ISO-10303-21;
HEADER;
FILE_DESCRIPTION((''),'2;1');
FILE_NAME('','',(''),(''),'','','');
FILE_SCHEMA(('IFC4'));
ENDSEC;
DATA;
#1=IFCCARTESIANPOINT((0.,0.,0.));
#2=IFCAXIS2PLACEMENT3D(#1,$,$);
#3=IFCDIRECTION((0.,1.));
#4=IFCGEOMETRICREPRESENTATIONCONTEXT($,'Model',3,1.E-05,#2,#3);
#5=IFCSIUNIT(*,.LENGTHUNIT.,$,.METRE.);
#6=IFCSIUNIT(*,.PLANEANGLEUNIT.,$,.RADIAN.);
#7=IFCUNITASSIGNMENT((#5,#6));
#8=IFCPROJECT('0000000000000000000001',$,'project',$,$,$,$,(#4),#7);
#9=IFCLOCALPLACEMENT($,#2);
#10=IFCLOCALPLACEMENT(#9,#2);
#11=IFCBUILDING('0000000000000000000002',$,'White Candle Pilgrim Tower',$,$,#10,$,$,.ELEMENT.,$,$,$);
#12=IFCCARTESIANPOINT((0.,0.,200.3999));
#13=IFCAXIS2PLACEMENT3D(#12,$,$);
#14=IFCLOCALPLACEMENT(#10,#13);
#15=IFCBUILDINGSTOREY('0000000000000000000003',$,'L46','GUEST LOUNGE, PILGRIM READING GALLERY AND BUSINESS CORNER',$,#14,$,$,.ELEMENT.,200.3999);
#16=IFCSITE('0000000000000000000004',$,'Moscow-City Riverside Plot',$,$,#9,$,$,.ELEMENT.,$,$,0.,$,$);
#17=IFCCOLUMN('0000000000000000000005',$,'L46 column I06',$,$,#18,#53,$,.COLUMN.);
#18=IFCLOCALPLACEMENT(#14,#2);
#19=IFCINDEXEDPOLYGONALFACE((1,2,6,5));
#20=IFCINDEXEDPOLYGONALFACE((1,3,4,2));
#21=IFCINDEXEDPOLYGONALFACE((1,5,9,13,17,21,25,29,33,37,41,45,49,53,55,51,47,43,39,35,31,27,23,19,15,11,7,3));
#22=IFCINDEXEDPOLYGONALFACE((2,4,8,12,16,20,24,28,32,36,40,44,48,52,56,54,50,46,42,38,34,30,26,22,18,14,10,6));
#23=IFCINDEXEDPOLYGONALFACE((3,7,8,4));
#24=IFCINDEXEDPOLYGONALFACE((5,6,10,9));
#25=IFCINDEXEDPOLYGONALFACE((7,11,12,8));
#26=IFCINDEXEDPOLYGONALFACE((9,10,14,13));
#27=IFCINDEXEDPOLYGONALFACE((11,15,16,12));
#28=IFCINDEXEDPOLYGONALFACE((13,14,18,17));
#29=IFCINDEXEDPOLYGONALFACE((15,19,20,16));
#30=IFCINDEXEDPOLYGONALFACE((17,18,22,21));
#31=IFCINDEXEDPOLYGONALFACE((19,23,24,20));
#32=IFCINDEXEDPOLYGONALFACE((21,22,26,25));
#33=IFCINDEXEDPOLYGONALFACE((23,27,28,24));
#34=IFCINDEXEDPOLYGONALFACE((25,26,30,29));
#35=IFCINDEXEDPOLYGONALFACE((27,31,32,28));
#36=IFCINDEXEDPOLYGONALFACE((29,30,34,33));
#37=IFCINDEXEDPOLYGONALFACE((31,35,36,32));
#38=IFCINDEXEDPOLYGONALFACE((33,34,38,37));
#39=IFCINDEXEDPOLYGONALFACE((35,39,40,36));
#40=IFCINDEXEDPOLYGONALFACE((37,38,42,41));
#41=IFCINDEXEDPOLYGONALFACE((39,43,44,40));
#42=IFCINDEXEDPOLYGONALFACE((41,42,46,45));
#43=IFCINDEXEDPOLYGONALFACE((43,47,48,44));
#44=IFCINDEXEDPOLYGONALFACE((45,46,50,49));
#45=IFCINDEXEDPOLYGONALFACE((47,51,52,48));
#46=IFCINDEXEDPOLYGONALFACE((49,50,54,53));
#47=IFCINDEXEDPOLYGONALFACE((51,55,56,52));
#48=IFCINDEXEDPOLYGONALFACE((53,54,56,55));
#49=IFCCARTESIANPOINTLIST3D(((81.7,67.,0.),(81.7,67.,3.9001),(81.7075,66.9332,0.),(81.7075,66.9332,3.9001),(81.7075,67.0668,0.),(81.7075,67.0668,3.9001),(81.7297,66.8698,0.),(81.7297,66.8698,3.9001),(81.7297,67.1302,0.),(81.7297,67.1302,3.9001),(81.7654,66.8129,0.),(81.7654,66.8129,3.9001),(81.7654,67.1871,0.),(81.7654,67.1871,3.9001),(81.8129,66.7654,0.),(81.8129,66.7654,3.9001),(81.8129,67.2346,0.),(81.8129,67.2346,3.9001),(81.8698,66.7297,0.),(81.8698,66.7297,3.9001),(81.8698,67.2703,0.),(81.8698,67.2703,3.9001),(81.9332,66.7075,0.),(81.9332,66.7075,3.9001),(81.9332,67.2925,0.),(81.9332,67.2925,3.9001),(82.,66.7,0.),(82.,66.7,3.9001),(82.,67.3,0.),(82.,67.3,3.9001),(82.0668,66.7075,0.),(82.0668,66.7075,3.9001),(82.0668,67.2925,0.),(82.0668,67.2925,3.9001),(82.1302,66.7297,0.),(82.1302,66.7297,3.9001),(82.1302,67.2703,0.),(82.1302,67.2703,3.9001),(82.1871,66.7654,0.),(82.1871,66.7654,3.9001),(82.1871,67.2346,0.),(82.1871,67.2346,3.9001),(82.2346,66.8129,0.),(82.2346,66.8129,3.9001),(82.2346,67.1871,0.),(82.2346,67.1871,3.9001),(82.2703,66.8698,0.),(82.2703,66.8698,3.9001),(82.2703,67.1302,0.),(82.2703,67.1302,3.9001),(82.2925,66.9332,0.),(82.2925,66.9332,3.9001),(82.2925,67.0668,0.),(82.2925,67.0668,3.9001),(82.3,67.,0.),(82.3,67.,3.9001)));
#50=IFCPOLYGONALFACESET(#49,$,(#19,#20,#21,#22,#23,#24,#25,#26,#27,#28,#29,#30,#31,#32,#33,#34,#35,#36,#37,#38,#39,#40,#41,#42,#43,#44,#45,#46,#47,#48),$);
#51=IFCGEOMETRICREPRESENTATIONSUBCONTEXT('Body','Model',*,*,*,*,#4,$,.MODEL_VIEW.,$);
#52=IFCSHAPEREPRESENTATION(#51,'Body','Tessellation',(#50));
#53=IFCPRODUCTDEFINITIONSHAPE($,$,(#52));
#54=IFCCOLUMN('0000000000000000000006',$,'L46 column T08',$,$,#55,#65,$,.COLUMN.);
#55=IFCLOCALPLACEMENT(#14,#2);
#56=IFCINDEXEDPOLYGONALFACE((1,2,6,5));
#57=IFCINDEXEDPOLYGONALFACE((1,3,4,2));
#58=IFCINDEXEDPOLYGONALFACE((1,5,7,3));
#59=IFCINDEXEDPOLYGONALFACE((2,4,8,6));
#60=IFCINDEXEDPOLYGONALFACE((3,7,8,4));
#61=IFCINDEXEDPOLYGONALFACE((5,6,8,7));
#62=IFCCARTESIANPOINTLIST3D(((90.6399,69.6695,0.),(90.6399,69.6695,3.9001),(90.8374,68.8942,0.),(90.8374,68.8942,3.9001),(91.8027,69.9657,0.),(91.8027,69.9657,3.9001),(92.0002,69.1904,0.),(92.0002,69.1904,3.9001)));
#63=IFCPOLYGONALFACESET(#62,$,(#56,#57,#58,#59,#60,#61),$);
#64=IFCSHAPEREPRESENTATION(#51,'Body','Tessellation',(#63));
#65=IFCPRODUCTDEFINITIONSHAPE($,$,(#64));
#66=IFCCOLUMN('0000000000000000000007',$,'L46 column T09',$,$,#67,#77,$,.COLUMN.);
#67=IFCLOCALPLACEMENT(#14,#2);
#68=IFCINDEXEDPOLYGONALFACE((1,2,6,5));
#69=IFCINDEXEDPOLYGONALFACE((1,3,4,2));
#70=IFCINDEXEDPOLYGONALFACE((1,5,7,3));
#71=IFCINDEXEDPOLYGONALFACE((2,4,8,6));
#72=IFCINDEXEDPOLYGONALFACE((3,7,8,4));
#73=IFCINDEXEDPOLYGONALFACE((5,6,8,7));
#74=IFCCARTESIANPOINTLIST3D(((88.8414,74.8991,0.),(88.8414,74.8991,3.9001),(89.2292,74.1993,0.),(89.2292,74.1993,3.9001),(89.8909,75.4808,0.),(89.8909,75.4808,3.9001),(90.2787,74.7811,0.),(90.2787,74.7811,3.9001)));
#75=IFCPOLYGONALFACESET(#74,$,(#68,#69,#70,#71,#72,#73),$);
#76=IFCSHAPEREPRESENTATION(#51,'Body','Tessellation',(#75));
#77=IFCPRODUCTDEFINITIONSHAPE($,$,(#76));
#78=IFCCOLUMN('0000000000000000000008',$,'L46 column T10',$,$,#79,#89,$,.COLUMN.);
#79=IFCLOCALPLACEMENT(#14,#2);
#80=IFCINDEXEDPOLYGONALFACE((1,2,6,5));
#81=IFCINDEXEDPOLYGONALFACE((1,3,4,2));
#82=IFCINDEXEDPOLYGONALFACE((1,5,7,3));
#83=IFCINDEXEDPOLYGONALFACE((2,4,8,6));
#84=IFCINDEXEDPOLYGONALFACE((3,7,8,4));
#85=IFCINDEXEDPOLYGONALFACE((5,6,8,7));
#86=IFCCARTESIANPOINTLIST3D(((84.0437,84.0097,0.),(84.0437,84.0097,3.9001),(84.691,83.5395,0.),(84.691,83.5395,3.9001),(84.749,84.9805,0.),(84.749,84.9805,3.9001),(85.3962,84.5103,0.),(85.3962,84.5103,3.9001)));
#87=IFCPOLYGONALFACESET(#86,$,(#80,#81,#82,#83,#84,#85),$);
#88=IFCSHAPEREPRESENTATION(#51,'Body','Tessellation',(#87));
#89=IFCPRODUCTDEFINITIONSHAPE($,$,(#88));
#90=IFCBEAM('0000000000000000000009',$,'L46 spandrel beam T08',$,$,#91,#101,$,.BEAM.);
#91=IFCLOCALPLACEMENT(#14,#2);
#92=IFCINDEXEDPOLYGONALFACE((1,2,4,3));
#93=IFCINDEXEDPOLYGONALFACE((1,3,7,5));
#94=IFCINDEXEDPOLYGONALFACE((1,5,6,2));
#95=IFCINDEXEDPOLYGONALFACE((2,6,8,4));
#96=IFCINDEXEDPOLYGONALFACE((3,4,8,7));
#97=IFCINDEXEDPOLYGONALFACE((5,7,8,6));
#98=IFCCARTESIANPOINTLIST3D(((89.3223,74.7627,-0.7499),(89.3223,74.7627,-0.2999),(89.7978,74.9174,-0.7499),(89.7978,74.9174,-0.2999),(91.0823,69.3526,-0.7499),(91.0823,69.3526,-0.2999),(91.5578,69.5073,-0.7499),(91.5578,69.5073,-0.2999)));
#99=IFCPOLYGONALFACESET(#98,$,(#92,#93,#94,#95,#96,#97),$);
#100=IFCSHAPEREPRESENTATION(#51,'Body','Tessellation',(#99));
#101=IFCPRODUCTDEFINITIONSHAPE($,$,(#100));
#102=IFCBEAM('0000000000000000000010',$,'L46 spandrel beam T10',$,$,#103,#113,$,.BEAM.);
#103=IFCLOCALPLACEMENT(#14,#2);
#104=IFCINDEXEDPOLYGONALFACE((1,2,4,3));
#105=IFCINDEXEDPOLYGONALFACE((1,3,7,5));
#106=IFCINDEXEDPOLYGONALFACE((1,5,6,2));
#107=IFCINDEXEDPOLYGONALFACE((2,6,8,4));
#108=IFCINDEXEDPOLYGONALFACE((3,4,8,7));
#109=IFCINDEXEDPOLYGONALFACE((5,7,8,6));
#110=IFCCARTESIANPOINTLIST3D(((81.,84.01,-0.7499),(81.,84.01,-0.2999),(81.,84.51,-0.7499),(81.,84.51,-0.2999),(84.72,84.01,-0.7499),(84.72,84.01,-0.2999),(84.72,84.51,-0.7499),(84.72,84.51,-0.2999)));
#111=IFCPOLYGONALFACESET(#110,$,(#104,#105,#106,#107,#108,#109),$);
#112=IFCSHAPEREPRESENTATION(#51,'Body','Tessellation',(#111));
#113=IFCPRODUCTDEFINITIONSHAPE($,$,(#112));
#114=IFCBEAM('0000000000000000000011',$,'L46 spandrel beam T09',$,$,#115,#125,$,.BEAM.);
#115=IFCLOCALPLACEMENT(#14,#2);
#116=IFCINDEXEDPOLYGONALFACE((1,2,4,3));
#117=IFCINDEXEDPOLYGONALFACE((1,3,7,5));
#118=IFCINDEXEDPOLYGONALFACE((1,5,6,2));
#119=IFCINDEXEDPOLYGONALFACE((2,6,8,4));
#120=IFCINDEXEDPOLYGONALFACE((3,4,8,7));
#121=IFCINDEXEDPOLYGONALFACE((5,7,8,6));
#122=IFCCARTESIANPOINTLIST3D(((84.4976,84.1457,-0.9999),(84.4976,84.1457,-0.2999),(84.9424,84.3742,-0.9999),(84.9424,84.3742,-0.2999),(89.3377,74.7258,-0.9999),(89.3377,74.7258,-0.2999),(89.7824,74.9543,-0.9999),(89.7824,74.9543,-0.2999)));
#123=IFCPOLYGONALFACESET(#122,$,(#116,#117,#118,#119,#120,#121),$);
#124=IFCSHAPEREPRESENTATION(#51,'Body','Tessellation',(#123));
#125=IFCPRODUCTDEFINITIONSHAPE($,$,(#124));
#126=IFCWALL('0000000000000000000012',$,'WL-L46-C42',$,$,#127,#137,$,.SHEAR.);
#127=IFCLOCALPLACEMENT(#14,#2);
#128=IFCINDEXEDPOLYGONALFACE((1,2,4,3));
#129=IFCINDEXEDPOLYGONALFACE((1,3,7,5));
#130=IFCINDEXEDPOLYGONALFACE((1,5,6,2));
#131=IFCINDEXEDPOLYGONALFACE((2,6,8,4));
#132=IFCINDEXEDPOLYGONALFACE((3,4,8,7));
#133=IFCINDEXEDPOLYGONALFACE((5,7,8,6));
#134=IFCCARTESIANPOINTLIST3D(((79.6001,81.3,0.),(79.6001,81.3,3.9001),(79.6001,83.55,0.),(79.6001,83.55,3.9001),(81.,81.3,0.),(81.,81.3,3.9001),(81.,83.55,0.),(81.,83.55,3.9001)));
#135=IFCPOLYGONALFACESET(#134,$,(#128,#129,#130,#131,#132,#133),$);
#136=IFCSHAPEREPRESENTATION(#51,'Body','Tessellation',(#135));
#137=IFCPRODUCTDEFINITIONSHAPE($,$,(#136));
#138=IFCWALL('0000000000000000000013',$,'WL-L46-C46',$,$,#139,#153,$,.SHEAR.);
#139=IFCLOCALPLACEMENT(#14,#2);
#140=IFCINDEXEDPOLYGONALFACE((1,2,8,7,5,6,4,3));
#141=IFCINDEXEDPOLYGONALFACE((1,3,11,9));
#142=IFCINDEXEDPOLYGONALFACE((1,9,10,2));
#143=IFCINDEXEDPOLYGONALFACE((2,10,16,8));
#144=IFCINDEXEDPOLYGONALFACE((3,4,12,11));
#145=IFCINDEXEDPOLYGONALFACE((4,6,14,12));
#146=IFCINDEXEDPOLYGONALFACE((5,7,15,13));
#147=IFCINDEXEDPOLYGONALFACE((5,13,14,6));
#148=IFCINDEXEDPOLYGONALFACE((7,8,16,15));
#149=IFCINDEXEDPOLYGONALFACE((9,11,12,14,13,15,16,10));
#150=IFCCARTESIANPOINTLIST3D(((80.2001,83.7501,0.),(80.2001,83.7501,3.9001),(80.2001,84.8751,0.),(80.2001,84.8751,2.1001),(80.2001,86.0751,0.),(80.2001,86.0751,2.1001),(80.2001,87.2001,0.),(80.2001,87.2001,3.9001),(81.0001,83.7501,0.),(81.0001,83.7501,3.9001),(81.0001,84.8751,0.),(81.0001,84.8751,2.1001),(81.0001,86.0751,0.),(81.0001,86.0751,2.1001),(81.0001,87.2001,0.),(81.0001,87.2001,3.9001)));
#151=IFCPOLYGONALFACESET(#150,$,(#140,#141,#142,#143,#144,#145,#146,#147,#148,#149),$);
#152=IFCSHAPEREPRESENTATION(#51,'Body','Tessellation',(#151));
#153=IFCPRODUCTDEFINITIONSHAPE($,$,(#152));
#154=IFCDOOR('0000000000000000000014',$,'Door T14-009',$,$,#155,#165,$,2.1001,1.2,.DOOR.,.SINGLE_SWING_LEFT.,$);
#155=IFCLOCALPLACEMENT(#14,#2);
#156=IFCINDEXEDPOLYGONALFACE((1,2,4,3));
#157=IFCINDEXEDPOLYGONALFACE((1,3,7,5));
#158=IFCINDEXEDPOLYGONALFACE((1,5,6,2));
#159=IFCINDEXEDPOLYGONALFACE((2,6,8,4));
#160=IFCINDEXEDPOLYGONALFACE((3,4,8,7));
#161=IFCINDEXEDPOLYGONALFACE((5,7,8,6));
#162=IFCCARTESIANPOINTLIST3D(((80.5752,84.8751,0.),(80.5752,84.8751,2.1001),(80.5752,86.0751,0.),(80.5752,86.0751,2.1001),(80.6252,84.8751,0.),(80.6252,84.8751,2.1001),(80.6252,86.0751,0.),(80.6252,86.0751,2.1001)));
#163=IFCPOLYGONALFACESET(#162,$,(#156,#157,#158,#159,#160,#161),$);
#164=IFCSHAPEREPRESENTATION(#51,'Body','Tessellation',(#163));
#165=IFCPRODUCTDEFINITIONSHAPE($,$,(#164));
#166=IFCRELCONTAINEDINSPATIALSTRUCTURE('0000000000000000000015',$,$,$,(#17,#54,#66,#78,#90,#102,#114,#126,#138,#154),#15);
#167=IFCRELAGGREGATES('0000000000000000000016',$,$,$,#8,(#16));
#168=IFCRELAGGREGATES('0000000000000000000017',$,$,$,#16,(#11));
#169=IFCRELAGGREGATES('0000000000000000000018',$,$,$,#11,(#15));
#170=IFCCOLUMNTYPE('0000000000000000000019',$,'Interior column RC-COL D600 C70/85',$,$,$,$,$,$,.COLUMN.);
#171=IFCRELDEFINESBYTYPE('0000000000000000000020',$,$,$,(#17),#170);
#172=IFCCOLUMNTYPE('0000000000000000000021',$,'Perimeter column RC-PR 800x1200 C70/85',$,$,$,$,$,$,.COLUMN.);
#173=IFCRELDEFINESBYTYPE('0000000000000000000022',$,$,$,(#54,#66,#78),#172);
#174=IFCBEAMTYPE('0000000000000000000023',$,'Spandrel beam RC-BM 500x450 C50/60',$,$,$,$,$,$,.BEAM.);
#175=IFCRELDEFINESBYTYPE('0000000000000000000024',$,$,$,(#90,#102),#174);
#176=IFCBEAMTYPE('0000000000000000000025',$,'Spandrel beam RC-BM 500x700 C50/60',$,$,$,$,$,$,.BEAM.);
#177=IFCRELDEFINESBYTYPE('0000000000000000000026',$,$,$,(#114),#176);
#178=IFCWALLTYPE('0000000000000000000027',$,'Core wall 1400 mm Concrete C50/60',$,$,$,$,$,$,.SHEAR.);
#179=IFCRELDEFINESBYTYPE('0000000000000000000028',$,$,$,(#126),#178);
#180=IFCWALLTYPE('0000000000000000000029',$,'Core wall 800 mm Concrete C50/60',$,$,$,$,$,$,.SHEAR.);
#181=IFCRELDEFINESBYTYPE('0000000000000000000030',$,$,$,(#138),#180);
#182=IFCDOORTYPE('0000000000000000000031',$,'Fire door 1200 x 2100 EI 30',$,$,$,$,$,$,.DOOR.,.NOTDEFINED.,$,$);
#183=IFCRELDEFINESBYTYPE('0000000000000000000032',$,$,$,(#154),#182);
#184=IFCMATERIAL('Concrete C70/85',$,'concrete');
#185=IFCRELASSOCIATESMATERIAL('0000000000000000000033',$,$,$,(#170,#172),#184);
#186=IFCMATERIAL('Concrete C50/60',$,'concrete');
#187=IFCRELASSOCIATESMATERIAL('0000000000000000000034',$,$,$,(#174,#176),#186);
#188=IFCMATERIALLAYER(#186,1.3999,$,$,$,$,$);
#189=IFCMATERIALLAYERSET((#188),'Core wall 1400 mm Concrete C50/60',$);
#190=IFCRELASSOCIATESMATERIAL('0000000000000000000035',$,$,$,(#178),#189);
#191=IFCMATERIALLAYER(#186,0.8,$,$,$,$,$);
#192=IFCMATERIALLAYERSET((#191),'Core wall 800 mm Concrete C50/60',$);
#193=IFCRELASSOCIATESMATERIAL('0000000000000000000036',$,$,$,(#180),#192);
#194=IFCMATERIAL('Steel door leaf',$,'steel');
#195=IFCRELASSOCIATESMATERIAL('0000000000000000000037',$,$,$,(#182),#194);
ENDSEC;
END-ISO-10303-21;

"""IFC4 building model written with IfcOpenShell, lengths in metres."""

from ifc_helpers import new_model, si_unit, direction, frame, frame_2d, origin, origin_2d, place, context, subcontext, project, spatial, rectangle, circle, extrude, material, layer, layer_set, material_profile, profile_set, type_object, element, fill, save


model = new_model("IFC4")

# Units and contexts
model_context = context("Model", 3, precision=1e-05, world=origin(), true_north=direction((0.0, 1.0)))
body_context = subcontext(model_context, "Body", "Model", "MODEL_VIEW")
ifc_project = project(units=[si_unit("LENGTHUNIT", "METRE"), si_unit("PLANEANGLEUNIT", "RADIAN")], contexts=[model_context])

# Site, building, storey
site_placement = place(None, origin())
site = spatial("IfcSite", under=ifc_project, at=site_placement, Name="Moscow-City Riverside Plot", CompositionType="ELEMENT", RefElevation=0.0)
building_placement = place(site_placement, origin())
building = spatial("IfcBuilding", under=site, at=building_placement, Name="White Candle Pilgrim Tower", CompositionType="ELEMENT")
storey_placement = place(building_placement, frame((0.0, 0.0, 200.3999)))
storey = spatial("IfcBuildingStorey", under=building, at=storey_placement, Name="L46", Description="GUEST LOUNGE, PILGRIM READING GALLERY AND BUSINESS CORNER", CompositionType="ELEMENT", Elevation=200.3999)

# Columns
ifc_material_1 = material(Name="Concrete C70/85", Category="concrete")
ifc_material_profile_1 = material_profile(ifc_material_1, circle(Radius=0.3, at=origin_2d()), Name="RC-COL D600")
ifc_profile_set_1 = profile_set([ifc_material_profile_1], Name="Concrete C70/85")
column_type_1 = type_object("IfcColumnType", Name="Interior column RC-COL D600 C70/85", PredefinedType="COLUMN", material=ifc_profile_set_1)
column_placement = place(storey_placement, frame((82.0, 67.0, 0.0), z_axis=(0.0, 0.0, 1.0), x_axis=(1.0, 0.0, 0.0)))
element("IfcColumn", 1, at=column_placement, inside=storey, type_object=column_type_1, Name="L46 column I06", PredefinedType="COLUMN", context=body_context, shape_type="SweptSolid", body=[
    extrude(circle(Radius=0.3, at=origin_2d()), origin(), (0.0, 0.0, 1.0), 3.9001),
])
ifc_material_profile_2 = material_profile(ifc_material_1, rectangle(XDim=0.8, YDim=1.2, at=origin_2d()), Name="RC-PR 800x1200")
ifc_profile_set_2 = profile_set([ifc_material_profile_2], Name="Concrete C70/85")
column_type_2 = type_object("IfcColumnType", Name="Perimeter column RC-PR 800x1200 C70/85", PredefinedType="COLUMN", material=ifc_profile_set_2)
for number, where, z_axis, x_axis, name in (
    (2, (91.3201, 69.4299, 0.0), (0.0, 0.0, 1.0), (0.246881, -0.969046, 0.0), "L46 column T08"),
    (3, (89.5601, 74.8401, 0.0), (0.0, 0.0, 1.0), (0.48481, -0.87462, 0.0), "L46 column T09"),
    (4, (84.72, 84.26, 0.0), (0.0, 0.0, 1.0), (0.809027, -0.587771, 0.0), "L46 column T10"),
):
    element("IfcColumn", number, at=place(storey_placement, frame(where, z_axis=z_axis, x_axis=x_axis)), inside=storey, type_object=column_type_2, Name=name, PredefinedType="COLUMN", context=body_context, shape_type="SweptSolid", body=[
        extrude(rectangle(XDim=0.8, YDim=1.2, at=origin_2d()), origin(), (0.0, 0.0, 1.0), 3.9001),
    ])

# Beams
ifc_material_2 = material(Name="Concrete C50/60", Category="concrete")
ifc_material_profile_3 = material_profile(ifc_material_2, rectangle(XDim=0.5, YDim=0.45, at=origin_2d()), Name="RC-BM 500x450")
ifc_profile_set_3 = profile_set([ifc_material_profile_3], Name="Concrete C50/60")
beam_type_1 = type_object("IfcBeamType", Name="Spandrel beam RC-BM 500x450 C50/60", PredefinedType="BEAM", material=ifc_profile_set_3)
beam_1_placement = place(storey_placement, frame((91.3201, 69.4299, -0.5249), z_axis=(-0.309358, 0.950946, 0.0), x_axis=(-0.950946, -0.309358, 0.0)))
element("IfcBeam", 5, at=beam_1_placement, inside=storey, type_object=beam_type_1, Name="L46 spandrel beam T08", PredefinedType="BEAM", context=body_context, shape_type="SweptSolid", body=[
    extrude(rectangle(XDim=0.5, YDim=0.45, at=origin_2d()), origin(), (0.0, 0.0, 1.0), 5.6892),
])
beam_2_placement = place(storey_placement, frame((84.72, 84.26, -0.5249), z_axis=(-1.0, 0.0, 0.0), x_axis=(0.0, -1.0, 0.0)))
element("IfcBeam", 6, at=beam_2_placement, inside=storey, type_object=beam_type_1, Name="L46 spandrel beam T10", PredefinedType="BEAM", context=body_context, shape_type="SweptSolid", body=[
    extrude(rectangle(XDim=0.5, YDim=0.45, at=origin_2d()), origin(), (0.0, 0.0, 1.0), 3.72),
])
ifc_material_profile_4 = material_profile(ifc_material_2, rectangle(XDim=0.5, YDim=0.7, at=origin_2d()), Name="RC-BM 500x700")
ifc_profile_set_4 = profile_set([ifc_material_profile_4], Name="Concrete C50/60")
beam_type_2 = type_object("IfcBeamType", Name="Spandrel beam RC-BM 500x700 C50/60", PredefinedType="BEAM", material=ifc_profile_set_4)
beam_3_placement = place(storey_placement, frame((89.5601, 74.8401, -0.6499), z_axis=(-0.457016, 0.889458, 0.0), x_axis=(-0.889458, -0.457016, 0.0)))
element("IfcBeam", 7, at=beam_3_placement, inside=storey, type_object=beam_type_2, Name="L46 spandrel beam T09", PredefinedType="BEAM", context=body_context, shape_type="SweptSolid", body=[
    extrude(rectangle(XDim=0.5, YDim=0.7, at=origin_2d()), origin(), (0.0, 0.0, 1.0), 10.5906),
])

# Wall
ifc_layer_1 = layer(ifc_material_2, 1.3999)
ifc_layer_set_1 = layer_set([ifc_layer_1], Name="Core wall 1400 mm Concrete C50/60")
wall_type_1 = type_object("IfcWallType", Name="Core wall 1400 mm Concrete C50/60", PredefinedType="SHEAR", material=ifc_layer_set_1)
wall_1_placement = place(storey_placement, frame((80.3, 81.3, 0.0), z_axis=(0.0, 0.0, 1.0), x_axis=(0.0, 1.0, 0.0)))
element("IfcWall", 8, at=wall_1_placement, inside=storey, type_object=wall_type_1, Name="WL-L46-C42", PredefinedType="SHEAR", context=body_context, shape_type="SweptSolid", body=[
    extrude(rectangle(XDim=2.25, YDim=1.3999, at=frame_2d((1.125, 0.0))), origin(), (0.0, 0.0, 1.0), 3.9001),
])

# Wall, opening, door
ifc_layer_2 = layer(ifc_material_2, 0.8)
ifc_layer_set_2 = layer_set([ifc_layer_2], Name="Core wall 800 mm Concrete C50/60")
wall_type_2 = type_object("IfcWallType", Name="Core wall 800 mm Concrete C50/60", PredefinedType="SHEAR", material=ifc_layer_set_2)
wall_2_placement = place(storey_placement, frame((80.6001, 83.75, 0.0), z_axis=(0.0, 0.0, 1.0), x_axis=(0.0, 1.0, 0.0)))
wall_2 = element("IfcWall", 9, at=wall_2_placement, inside=storey, type_object=wall_type_2, Name="WL-L46-C46", PredefinedType="SHEAR", context=body_context, shape_type="SweptSolid", body=[
    extrude(rectangle(XDim=3.45, YDim=0.8, at=frame_2d((1.7251, 0.0))), origin(), (0.0, 0.0, 1.0), 3.9001),
])
opening_1_placement = place(wall_2_placement, frame((1.125, 0.0, 0.0)))
opening_1 = element("IfcOpeningElement", 10, at=opening_1_placement, cuts=wall_2, PredefinedType="OPENING", context=body_context, shape_type="SweptSolid", body=[
    extrude(rectangle(XDim=1.2, YDim=2.1001, at=frame_2d((0.6001, 1.05))), frame((0.0, 0.4099, 0.0), z_axis=(0.0, -1.0, 0.0), x_axis=(1.0, 0.0, 0.0)), (0.0, 0.0, 1.0), 0.8201),
])
ifc_material_3 = material(Name="Steel door leaf", Category="steel")
door_type_1 = type_object("IfcDoorType", Name="Fire door 1200 x 2100 EI 30", OperationType="NOTDEFINED", PredefinedType="DOOR", material=ifc_material_3)
door_1_placement = place(opening_1_placement, origin())
door_1 = element("IfcDoor", 11, at=door_1_placement, inside=storey, type_object=door_type_1, Name="Door T14-009", OperationType="SINGLE_SWING_LEFT", OverallHeight=2.1001, OverallWidth=1.2, PredefinedType="DOOR", context=body_context, shape_type="SweptSolid", body=[
    extrude(rectangle(XDim=1.2, YDim=2.1001, at=frame_2d((0.6001, 1.05))), frame((0.0, 0.0249, 0.0), z_axis=(0.0, -1.0, 0.0), x_axis=(1.0, 0.0, 0.0)), (0.0, 0.0, 1.0), 0.05),
])
fill(opening_1, door_1)

save(model, "model.ifc")
